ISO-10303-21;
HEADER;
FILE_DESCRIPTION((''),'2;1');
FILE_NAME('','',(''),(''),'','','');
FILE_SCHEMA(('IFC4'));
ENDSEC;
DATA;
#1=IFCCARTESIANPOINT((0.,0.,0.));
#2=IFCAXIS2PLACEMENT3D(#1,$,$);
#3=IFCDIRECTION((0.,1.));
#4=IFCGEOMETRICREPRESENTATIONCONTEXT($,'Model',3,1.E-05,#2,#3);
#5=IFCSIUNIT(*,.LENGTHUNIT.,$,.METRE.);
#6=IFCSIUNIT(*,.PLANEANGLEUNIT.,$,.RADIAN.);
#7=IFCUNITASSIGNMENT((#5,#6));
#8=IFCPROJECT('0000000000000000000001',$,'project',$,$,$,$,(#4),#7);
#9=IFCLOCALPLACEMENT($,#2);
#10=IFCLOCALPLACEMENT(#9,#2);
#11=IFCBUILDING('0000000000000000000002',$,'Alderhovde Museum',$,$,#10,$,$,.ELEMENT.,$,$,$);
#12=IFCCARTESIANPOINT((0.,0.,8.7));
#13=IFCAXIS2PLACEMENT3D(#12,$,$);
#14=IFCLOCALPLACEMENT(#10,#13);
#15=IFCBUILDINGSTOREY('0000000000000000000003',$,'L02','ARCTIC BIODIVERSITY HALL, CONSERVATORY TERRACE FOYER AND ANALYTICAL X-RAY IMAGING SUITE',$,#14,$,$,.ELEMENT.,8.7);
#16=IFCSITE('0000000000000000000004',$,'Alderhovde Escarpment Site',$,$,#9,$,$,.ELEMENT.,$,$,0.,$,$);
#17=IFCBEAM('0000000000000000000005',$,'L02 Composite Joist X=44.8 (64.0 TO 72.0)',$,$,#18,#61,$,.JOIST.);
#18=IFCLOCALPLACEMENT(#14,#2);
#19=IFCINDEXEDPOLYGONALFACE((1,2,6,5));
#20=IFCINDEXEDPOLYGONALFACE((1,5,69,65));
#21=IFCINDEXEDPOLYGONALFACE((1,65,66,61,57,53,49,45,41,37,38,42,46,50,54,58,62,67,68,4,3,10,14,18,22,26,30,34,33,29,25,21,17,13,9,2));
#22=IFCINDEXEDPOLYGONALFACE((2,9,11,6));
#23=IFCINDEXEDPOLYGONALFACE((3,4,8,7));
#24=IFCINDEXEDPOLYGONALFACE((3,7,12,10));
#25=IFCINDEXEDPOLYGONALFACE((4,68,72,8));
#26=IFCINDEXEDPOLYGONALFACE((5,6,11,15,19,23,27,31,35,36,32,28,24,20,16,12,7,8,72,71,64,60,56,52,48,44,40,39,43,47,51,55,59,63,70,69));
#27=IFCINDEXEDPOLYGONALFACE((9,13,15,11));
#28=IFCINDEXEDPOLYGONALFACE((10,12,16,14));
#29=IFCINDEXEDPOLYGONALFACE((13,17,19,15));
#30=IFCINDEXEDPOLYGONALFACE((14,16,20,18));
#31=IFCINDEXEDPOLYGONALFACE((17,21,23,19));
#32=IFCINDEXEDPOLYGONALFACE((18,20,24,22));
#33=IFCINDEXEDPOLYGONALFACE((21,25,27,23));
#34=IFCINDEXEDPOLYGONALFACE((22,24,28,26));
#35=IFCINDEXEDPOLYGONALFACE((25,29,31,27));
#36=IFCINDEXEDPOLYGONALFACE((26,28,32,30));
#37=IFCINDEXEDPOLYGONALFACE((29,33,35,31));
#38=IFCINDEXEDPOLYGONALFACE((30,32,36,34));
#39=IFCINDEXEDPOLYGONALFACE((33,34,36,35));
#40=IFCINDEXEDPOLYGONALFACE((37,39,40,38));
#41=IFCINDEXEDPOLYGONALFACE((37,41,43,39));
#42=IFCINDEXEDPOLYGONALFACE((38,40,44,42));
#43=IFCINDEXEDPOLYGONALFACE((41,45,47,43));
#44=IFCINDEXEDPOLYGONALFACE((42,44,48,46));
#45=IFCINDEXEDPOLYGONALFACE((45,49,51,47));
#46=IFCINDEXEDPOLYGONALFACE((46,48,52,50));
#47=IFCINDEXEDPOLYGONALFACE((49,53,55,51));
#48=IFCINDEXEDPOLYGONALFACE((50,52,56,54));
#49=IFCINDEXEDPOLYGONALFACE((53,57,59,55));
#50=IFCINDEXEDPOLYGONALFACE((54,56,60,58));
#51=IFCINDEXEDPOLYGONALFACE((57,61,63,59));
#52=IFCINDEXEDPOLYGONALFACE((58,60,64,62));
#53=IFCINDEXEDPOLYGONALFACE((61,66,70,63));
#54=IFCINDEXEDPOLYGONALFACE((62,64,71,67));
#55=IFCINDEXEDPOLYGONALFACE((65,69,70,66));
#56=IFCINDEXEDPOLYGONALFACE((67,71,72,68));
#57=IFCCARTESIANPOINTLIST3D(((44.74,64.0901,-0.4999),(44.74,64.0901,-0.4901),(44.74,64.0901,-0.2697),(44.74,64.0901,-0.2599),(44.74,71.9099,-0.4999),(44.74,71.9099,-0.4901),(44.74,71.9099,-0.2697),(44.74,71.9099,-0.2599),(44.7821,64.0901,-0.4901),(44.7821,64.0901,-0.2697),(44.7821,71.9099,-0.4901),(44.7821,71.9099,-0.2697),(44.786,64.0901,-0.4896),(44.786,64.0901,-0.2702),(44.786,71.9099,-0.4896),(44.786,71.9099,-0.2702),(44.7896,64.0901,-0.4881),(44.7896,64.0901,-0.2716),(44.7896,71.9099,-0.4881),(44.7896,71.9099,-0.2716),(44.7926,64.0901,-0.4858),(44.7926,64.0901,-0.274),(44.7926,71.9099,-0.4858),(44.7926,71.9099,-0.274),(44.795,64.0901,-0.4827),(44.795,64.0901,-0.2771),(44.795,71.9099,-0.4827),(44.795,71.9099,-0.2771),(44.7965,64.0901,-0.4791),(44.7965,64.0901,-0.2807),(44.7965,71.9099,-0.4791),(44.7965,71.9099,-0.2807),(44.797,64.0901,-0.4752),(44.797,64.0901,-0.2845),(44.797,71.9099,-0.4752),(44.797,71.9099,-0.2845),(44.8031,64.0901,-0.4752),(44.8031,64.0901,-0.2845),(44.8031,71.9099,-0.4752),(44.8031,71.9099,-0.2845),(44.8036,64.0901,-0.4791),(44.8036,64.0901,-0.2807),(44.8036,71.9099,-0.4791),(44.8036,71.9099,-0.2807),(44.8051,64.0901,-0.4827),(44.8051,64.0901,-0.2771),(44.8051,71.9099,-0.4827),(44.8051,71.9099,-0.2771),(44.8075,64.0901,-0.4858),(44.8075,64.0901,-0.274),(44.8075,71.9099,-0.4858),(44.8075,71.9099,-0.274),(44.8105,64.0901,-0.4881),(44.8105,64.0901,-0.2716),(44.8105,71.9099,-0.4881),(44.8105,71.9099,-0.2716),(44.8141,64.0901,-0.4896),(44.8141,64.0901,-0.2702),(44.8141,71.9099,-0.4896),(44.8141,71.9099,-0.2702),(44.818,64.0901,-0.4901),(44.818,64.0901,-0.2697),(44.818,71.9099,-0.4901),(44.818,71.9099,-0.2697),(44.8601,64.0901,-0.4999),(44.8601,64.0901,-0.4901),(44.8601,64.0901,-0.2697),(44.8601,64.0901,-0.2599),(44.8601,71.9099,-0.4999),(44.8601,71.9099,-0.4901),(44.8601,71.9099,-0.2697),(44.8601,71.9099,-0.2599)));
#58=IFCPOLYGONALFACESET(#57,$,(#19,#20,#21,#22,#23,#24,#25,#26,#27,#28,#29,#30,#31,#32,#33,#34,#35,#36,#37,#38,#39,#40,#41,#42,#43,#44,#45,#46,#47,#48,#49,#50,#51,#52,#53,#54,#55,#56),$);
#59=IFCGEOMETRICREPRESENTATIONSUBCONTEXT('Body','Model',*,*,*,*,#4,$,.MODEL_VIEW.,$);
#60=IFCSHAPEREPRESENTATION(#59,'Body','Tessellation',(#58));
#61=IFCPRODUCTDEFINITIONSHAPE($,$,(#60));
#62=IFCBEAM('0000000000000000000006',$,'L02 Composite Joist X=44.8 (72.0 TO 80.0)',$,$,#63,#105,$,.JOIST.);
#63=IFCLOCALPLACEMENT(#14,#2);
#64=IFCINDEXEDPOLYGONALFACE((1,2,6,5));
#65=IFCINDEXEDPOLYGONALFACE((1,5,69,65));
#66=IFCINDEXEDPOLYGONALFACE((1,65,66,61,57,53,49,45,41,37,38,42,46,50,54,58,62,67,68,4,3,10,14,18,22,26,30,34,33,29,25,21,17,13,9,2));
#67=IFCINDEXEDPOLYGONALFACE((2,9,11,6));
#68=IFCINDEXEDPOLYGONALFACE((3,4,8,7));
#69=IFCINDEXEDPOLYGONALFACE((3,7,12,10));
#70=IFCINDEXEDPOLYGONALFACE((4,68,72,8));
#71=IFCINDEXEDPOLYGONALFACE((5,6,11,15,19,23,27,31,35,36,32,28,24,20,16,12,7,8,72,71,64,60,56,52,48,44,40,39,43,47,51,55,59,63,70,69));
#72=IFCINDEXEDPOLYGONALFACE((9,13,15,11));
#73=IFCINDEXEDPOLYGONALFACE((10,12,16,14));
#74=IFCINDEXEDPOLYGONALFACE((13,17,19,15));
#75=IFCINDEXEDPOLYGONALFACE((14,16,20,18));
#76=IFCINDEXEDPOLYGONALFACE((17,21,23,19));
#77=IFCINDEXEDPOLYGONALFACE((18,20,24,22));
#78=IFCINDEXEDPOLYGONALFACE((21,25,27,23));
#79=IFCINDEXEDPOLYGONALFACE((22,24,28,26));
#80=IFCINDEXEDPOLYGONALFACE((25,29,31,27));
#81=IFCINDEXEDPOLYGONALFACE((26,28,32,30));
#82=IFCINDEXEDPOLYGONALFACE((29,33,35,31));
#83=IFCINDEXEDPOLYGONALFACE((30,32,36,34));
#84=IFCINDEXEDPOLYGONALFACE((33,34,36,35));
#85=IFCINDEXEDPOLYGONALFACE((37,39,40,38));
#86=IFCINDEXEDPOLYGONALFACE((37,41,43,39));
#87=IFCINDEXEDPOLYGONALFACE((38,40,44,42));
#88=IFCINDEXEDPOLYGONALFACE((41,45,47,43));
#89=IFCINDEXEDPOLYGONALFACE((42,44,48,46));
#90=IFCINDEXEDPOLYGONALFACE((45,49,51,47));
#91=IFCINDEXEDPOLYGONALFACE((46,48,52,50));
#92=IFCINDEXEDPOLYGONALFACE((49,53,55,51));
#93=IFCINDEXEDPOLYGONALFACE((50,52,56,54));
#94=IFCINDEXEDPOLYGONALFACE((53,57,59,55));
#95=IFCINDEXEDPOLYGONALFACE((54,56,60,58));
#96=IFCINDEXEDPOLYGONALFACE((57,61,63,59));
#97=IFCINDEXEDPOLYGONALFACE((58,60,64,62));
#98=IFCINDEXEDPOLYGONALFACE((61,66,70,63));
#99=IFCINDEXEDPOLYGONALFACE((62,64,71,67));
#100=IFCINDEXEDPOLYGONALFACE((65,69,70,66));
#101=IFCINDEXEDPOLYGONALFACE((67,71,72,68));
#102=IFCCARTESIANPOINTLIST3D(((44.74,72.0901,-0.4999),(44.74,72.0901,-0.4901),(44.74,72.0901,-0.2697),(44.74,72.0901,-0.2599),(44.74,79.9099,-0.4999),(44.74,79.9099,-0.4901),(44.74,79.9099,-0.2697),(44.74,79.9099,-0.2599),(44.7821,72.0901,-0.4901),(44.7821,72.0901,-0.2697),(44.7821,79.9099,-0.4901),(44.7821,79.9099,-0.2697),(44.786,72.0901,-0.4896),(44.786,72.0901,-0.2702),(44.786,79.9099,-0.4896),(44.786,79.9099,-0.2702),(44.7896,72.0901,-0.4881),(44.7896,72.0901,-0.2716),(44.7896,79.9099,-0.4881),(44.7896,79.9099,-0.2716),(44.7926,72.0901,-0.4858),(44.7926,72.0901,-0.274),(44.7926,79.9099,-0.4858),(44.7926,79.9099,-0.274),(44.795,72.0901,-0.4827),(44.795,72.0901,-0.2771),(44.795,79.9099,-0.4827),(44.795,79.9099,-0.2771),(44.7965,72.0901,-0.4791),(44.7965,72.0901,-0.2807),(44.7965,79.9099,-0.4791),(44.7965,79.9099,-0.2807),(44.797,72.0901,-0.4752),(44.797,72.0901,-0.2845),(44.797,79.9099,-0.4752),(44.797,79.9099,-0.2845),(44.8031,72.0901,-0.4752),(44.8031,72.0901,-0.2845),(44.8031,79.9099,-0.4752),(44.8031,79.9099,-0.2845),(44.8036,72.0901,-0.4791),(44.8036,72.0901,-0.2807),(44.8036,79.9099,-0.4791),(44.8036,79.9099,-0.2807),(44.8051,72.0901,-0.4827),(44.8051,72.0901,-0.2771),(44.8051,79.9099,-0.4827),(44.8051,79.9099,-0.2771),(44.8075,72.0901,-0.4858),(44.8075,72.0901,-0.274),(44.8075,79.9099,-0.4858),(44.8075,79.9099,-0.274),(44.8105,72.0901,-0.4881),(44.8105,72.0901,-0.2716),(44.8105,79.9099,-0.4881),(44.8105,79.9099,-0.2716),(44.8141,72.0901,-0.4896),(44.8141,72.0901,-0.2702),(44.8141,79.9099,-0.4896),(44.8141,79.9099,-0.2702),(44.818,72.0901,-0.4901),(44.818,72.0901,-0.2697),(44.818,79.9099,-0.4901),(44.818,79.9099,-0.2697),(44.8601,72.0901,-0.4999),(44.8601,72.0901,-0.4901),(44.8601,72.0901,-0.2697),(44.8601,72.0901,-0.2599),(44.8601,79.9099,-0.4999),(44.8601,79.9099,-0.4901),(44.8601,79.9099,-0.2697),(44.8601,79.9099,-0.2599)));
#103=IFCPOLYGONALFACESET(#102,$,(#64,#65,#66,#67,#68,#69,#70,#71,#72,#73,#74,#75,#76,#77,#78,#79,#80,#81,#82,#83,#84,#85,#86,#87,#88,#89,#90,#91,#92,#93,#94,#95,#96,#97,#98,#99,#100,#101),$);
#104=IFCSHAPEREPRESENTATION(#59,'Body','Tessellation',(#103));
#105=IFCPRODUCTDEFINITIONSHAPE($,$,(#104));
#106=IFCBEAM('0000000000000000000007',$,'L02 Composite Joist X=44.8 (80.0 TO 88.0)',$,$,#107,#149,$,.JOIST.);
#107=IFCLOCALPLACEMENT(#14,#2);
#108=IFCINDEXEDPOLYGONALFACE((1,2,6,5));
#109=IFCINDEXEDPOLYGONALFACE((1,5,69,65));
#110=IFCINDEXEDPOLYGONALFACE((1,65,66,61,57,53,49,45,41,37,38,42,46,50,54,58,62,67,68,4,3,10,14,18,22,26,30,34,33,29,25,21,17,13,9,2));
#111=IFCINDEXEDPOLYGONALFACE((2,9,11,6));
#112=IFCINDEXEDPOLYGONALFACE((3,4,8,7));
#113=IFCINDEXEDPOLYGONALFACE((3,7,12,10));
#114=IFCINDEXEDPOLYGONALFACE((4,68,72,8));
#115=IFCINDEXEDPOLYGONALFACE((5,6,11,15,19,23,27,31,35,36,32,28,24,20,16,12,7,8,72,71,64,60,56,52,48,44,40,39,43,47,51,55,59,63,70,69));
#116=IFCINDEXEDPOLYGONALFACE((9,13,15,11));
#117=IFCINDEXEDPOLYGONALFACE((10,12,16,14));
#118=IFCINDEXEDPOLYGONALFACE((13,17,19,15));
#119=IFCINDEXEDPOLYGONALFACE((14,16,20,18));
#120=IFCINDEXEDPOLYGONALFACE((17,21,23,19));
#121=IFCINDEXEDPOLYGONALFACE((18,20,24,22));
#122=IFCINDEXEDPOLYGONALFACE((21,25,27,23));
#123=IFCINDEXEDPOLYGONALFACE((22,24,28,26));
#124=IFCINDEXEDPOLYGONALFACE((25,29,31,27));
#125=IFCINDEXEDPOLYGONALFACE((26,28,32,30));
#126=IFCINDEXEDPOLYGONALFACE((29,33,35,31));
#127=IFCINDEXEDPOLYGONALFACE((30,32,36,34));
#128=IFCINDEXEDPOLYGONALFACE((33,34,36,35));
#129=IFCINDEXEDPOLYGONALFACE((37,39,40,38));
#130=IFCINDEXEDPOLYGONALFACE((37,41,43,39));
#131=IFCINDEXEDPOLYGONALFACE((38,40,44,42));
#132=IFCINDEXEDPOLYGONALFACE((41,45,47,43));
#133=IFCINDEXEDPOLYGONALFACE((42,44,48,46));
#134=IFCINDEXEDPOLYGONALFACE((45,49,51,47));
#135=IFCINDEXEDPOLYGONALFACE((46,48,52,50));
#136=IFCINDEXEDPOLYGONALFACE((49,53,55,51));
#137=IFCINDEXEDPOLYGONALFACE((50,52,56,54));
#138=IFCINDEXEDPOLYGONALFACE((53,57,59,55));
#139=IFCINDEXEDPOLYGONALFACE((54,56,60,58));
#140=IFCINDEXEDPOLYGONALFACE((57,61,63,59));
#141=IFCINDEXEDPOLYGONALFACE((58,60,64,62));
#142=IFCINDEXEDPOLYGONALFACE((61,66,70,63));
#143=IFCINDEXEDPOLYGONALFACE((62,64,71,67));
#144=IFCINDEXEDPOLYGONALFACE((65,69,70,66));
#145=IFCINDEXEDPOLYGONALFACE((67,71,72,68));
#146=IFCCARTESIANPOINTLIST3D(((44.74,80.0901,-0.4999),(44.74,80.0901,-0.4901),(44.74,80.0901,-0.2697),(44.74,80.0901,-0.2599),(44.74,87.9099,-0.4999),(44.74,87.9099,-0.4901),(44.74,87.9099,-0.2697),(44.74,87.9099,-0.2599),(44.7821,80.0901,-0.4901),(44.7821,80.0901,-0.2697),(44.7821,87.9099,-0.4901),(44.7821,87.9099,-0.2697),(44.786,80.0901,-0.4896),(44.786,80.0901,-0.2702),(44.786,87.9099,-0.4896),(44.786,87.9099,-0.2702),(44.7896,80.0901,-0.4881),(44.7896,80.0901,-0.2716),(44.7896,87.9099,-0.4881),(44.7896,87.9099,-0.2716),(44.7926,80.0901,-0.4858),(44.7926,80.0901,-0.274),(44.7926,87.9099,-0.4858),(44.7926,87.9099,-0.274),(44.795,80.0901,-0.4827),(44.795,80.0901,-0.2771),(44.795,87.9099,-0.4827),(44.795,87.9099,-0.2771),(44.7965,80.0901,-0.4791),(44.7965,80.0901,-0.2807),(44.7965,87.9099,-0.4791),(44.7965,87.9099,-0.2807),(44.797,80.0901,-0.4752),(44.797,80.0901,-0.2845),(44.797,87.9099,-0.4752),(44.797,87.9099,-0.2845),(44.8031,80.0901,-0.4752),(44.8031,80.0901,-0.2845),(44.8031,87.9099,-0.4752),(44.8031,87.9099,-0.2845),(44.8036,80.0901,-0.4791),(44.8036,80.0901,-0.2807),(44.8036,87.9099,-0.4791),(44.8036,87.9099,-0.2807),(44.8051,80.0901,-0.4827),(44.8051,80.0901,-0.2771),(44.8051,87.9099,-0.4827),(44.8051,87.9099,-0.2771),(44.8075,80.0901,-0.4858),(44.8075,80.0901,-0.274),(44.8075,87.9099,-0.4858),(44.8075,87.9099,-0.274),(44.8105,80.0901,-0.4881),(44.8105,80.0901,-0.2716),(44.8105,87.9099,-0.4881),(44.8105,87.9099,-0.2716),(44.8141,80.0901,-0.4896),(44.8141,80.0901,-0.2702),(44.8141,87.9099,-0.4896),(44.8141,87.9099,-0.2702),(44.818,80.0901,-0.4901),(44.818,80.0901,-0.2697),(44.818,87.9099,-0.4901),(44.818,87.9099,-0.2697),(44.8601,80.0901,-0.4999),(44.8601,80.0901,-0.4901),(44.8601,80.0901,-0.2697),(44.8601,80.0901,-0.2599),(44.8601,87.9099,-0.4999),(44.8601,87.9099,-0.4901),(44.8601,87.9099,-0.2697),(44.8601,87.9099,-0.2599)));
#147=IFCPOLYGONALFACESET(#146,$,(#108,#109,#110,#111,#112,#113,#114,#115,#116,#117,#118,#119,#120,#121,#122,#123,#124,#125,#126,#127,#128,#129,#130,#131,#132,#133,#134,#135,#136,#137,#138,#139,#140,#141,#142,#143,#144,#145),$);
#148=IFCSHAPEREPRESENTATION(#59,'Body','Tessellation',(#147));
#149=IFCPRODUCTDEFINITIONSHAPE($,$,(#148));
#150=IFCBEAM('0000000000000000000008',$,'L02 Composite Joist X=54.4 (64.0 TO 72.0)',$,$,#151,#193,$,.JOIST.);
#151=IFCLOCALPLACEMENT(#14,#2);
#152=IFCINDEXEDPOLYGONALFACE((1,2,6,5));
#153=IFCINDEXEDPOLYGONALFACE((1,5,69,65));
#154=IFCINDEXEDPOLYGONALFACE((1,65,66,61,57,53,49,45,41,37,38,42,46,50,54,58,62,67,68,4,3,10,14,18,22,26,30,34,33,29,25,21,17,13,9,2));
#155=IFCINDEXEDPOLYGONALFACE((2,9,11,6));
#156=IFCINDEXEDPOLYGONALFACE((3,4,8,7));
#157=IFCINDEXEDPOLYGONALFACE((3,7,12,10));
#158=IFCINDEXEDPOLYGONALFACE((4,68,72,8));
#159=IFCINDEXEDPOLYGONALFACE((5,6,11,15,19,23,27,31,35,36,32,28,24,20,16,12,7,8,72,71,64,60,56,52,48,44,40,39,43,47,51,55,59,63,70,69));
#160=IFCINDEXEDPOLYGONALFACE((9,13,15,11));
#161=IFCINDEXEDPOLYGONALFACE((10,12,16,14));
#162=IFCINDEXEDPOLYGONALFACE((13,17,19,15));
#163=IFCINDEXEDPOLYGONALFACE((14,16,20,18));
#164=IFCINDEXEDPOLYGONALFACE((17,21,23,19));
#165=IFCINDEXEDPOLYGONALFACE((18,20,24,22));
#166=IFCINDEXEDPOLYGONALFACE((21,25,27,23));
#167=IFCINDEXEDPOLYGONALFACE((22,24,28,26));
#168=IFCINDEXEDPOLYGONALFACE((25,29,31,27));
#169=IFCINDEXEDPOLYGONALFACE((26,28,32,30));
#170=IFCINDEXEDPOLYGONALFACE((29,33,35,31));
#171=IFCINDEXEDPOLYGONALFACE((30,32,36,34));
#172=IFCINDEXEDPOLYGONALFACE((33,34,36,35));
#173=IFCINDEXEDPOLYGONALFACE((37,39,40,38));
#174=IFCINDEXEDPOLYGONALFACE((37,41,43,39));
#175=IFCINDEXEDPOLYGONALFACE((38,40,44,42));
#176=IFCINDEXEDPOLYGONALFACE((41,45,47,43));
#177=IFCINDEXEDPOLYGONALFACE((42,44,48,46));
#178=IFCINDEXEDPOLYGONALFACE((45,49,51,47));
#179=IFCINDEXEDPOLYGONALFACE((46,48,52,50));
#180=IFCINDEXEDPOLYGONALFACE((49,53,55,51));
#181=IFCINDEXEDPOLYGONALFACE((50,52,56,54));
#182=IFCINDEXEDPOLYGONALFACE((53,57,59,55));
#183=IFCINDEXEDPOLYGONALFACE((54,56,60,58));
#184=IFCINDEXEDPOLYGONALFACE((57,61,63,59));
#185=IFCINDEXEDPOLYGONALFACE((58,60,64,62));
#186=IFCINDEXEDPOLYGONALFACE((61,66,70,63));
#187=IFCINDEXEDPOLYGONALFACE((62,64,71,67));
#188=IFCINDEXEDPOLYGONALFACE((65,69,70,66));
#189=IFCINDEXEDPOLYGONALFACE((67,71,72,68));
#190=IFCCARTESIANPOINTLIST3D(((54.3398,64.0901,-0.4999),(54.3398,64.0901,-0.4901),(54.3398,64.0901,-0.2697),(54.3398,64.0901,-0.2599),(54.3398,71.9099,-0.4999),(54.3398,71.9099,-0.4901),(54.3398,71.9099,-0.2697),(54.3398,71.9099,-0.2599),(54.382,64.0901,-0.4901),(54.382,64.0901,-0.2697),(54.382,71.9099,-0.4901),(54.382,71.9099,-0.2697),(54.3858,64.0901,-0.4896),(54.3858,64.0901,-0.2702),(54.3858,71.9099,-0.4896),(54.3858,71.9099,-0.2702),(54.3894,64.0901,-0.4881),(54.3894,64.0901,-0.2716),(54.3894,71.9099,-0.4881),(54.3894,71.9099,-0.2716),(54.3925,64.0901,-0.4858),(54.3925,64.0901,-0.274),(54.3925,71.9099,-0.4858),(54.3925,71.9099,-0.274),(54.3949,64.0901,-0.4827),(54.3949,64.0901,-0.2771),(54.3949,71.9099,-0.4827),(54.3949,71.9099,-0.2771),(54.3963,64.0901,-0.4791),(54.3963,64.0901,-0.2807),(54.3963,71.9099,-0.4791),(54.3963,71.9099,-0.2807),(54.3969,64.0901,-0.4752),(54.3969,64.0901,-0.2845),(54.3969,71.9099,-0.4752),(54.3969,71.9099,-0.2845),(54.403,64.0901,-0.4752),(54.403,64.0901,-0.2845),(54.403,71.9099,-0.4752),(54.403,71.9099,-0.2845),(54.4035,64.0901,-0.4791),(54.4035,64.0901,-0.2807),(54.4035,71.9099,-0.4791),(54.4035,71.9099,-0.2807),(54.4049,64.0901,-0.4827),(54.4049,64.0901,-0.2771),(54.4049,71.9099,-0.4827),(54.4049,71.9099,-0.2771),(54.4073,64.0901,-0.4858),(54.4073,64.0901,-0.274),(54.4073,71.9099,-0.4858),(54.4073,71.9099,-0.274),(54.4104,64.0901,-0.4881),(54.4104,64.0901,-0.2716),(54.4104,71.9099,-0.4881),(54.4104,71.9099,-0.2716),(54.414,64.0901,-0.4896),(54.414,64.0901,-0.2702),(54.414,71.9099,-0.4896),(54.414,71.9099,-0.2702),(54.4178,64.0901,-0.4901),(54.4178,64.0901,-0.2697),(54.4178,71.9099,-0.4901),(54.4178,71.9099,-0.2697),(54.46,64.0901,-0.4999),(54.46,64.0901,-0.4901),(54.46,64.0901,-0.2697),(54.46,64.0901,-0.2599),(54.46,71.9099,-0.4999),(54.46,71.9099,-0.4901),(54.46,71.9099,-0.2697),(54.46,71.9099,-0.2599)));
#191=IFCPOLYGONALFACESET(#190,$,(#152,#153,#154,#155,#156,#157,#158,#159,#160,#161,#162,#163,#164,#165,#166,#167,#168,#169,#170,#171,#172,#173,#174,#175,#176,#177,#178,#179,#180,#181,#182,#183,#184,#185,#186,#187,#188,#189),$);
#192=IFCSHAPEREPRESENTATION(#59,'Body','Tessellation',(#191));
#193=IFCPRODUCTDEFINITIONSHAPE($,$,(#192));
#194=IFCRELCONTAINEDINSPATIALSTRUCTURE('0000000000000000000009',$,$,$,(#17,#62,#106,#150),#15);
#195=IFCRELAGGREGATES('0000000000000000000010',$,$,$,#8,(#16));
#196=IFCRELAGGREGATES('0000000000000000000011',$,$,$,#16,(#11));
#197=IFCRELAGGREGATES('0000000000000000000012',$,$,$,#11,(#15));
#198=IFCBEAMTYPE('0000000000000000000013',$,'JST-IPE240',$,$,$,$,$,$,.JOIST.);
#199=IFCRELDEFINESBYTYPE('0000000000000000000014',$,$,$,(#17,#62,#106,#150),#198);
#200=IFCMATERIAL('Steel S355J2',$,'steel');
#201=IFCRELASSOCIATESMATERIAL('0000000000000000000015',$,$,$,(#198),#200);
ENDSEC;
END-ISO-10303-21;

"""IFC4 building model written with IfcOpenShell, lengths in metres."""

from ifc_helpers import new_model, si_unit, direction, frame, origin, origin_2d, place, context, subcontext, project, spatial, i_section, extrude, material, material_profile, profile_set, type_object, element, save


model = new_model("IFC4")

# Units and contexts
model_context = context("Model", 3, precision=1e-05, world=origin(), true_north=direction((0.0, 1.0)))
body_context = subcontext(model_context, "Body", "Model", "MODEL_VIEW")
ifc_project = project(units=[si_unit("LENGTHUNIT", "METRE"), si_unit("PLANEANGLEUNIT", "RADIAN")], contexts=[model_context])

# Site, building, storey
site_placement = place(None, origin())
site = spatial("IfcSite", under=ifc_project, at=site_placement, Name="Alderhovde Escarpment Site", CompositionType="ELEMENT", RefElevation=0.0)
building_placement = place(site_placement, origin())
building = spatial("IfcBuilding", under=site, at=building_placement, Name="Alderhovde Museum", CompositionType="ELEMENT")
storey_placement = place(building_placement, frame((0.0, 0.0, 8.7)))
storey = spatial("IfcBuildingStorey", under=building, at=storey_placement, Name="L02", Description="ARCTIC BIODIVERSITY HALL, CONSERVATORY TERRACE FOYER AND ANALYTICAL X-RAY IMAGING SUITE", CompositionType="ELEMENT", Elevation=8.7)

# Beams
ifc_material_1 = material(Name="Steel S355J2", Category="steel")
ifc_material_profile_1 = material_profile(ifc_material_1, i_section(OverallWidth=0.1201, OverallDepth=0.24, WebThickness=0.0061, FlangeThickness=0.0098, FilletRadius=0.0149, at=origin_2d()), Name="IPE 240")
ifc_profile_set_1 = profile_set([ifc_material_profile_1], Name="Steel S355J2")
beam_type_1 = type_object("IfcBeamType", Name="JST-IPE240", PredefinedType="JOIST", material=ifc_profile_set_1)
for number, where, z_axis, x_axis, name in (
    (1, (44.8, 64.0901, -0.3799), (0.0, 1.0, 0.0), (-1.0, 0.0, 0.0), "L02 Composite Joist X=44.8 (64.0 TO 72.0)"),
    (2, (44.8, 72.0901, -0.3799), (0.0, 1.0, 0.0), (-1.0, 0.0, 0.0), "L02 Composite Joist X=44.8 (72.0 TO 80.0)"),
    (3, (44.8, 80.0901, -0.3799), (0.0, 1.0, 0.0), (-1.0, 0.0, 0.0), "L02 Composite Joist X=44.8 (80.0 TO 88.0)"),
    (4, (54.3999, 64.0901, -0.3799), (0.0, 1.0, 0.0), (-1.0, 0.0, 0.0), "L02 Composite Joist X=54.4 (64.0 TO 72.0)"),
):
    element("IfcBeam", number, at=place(storey_placement, frame(where, z_axis=z_axis, x_axis=x_axis)), inside=storey, type_object=beam_type_1, Name=name, PredefinedType="JOIST", context=body_context, shape_type="SweptSolid", body=[
        extrude(i_section(OverallWidth=0.1201, OverallDepth=0.24, WebThickness=0.0061, FlangeThickness=0.0098, FilletRadius=0.0149, at=origin_2d()), origin(), (0.0, 0.0, 1.0), 7.8198),
    ])

save(model, "model.ifc")
